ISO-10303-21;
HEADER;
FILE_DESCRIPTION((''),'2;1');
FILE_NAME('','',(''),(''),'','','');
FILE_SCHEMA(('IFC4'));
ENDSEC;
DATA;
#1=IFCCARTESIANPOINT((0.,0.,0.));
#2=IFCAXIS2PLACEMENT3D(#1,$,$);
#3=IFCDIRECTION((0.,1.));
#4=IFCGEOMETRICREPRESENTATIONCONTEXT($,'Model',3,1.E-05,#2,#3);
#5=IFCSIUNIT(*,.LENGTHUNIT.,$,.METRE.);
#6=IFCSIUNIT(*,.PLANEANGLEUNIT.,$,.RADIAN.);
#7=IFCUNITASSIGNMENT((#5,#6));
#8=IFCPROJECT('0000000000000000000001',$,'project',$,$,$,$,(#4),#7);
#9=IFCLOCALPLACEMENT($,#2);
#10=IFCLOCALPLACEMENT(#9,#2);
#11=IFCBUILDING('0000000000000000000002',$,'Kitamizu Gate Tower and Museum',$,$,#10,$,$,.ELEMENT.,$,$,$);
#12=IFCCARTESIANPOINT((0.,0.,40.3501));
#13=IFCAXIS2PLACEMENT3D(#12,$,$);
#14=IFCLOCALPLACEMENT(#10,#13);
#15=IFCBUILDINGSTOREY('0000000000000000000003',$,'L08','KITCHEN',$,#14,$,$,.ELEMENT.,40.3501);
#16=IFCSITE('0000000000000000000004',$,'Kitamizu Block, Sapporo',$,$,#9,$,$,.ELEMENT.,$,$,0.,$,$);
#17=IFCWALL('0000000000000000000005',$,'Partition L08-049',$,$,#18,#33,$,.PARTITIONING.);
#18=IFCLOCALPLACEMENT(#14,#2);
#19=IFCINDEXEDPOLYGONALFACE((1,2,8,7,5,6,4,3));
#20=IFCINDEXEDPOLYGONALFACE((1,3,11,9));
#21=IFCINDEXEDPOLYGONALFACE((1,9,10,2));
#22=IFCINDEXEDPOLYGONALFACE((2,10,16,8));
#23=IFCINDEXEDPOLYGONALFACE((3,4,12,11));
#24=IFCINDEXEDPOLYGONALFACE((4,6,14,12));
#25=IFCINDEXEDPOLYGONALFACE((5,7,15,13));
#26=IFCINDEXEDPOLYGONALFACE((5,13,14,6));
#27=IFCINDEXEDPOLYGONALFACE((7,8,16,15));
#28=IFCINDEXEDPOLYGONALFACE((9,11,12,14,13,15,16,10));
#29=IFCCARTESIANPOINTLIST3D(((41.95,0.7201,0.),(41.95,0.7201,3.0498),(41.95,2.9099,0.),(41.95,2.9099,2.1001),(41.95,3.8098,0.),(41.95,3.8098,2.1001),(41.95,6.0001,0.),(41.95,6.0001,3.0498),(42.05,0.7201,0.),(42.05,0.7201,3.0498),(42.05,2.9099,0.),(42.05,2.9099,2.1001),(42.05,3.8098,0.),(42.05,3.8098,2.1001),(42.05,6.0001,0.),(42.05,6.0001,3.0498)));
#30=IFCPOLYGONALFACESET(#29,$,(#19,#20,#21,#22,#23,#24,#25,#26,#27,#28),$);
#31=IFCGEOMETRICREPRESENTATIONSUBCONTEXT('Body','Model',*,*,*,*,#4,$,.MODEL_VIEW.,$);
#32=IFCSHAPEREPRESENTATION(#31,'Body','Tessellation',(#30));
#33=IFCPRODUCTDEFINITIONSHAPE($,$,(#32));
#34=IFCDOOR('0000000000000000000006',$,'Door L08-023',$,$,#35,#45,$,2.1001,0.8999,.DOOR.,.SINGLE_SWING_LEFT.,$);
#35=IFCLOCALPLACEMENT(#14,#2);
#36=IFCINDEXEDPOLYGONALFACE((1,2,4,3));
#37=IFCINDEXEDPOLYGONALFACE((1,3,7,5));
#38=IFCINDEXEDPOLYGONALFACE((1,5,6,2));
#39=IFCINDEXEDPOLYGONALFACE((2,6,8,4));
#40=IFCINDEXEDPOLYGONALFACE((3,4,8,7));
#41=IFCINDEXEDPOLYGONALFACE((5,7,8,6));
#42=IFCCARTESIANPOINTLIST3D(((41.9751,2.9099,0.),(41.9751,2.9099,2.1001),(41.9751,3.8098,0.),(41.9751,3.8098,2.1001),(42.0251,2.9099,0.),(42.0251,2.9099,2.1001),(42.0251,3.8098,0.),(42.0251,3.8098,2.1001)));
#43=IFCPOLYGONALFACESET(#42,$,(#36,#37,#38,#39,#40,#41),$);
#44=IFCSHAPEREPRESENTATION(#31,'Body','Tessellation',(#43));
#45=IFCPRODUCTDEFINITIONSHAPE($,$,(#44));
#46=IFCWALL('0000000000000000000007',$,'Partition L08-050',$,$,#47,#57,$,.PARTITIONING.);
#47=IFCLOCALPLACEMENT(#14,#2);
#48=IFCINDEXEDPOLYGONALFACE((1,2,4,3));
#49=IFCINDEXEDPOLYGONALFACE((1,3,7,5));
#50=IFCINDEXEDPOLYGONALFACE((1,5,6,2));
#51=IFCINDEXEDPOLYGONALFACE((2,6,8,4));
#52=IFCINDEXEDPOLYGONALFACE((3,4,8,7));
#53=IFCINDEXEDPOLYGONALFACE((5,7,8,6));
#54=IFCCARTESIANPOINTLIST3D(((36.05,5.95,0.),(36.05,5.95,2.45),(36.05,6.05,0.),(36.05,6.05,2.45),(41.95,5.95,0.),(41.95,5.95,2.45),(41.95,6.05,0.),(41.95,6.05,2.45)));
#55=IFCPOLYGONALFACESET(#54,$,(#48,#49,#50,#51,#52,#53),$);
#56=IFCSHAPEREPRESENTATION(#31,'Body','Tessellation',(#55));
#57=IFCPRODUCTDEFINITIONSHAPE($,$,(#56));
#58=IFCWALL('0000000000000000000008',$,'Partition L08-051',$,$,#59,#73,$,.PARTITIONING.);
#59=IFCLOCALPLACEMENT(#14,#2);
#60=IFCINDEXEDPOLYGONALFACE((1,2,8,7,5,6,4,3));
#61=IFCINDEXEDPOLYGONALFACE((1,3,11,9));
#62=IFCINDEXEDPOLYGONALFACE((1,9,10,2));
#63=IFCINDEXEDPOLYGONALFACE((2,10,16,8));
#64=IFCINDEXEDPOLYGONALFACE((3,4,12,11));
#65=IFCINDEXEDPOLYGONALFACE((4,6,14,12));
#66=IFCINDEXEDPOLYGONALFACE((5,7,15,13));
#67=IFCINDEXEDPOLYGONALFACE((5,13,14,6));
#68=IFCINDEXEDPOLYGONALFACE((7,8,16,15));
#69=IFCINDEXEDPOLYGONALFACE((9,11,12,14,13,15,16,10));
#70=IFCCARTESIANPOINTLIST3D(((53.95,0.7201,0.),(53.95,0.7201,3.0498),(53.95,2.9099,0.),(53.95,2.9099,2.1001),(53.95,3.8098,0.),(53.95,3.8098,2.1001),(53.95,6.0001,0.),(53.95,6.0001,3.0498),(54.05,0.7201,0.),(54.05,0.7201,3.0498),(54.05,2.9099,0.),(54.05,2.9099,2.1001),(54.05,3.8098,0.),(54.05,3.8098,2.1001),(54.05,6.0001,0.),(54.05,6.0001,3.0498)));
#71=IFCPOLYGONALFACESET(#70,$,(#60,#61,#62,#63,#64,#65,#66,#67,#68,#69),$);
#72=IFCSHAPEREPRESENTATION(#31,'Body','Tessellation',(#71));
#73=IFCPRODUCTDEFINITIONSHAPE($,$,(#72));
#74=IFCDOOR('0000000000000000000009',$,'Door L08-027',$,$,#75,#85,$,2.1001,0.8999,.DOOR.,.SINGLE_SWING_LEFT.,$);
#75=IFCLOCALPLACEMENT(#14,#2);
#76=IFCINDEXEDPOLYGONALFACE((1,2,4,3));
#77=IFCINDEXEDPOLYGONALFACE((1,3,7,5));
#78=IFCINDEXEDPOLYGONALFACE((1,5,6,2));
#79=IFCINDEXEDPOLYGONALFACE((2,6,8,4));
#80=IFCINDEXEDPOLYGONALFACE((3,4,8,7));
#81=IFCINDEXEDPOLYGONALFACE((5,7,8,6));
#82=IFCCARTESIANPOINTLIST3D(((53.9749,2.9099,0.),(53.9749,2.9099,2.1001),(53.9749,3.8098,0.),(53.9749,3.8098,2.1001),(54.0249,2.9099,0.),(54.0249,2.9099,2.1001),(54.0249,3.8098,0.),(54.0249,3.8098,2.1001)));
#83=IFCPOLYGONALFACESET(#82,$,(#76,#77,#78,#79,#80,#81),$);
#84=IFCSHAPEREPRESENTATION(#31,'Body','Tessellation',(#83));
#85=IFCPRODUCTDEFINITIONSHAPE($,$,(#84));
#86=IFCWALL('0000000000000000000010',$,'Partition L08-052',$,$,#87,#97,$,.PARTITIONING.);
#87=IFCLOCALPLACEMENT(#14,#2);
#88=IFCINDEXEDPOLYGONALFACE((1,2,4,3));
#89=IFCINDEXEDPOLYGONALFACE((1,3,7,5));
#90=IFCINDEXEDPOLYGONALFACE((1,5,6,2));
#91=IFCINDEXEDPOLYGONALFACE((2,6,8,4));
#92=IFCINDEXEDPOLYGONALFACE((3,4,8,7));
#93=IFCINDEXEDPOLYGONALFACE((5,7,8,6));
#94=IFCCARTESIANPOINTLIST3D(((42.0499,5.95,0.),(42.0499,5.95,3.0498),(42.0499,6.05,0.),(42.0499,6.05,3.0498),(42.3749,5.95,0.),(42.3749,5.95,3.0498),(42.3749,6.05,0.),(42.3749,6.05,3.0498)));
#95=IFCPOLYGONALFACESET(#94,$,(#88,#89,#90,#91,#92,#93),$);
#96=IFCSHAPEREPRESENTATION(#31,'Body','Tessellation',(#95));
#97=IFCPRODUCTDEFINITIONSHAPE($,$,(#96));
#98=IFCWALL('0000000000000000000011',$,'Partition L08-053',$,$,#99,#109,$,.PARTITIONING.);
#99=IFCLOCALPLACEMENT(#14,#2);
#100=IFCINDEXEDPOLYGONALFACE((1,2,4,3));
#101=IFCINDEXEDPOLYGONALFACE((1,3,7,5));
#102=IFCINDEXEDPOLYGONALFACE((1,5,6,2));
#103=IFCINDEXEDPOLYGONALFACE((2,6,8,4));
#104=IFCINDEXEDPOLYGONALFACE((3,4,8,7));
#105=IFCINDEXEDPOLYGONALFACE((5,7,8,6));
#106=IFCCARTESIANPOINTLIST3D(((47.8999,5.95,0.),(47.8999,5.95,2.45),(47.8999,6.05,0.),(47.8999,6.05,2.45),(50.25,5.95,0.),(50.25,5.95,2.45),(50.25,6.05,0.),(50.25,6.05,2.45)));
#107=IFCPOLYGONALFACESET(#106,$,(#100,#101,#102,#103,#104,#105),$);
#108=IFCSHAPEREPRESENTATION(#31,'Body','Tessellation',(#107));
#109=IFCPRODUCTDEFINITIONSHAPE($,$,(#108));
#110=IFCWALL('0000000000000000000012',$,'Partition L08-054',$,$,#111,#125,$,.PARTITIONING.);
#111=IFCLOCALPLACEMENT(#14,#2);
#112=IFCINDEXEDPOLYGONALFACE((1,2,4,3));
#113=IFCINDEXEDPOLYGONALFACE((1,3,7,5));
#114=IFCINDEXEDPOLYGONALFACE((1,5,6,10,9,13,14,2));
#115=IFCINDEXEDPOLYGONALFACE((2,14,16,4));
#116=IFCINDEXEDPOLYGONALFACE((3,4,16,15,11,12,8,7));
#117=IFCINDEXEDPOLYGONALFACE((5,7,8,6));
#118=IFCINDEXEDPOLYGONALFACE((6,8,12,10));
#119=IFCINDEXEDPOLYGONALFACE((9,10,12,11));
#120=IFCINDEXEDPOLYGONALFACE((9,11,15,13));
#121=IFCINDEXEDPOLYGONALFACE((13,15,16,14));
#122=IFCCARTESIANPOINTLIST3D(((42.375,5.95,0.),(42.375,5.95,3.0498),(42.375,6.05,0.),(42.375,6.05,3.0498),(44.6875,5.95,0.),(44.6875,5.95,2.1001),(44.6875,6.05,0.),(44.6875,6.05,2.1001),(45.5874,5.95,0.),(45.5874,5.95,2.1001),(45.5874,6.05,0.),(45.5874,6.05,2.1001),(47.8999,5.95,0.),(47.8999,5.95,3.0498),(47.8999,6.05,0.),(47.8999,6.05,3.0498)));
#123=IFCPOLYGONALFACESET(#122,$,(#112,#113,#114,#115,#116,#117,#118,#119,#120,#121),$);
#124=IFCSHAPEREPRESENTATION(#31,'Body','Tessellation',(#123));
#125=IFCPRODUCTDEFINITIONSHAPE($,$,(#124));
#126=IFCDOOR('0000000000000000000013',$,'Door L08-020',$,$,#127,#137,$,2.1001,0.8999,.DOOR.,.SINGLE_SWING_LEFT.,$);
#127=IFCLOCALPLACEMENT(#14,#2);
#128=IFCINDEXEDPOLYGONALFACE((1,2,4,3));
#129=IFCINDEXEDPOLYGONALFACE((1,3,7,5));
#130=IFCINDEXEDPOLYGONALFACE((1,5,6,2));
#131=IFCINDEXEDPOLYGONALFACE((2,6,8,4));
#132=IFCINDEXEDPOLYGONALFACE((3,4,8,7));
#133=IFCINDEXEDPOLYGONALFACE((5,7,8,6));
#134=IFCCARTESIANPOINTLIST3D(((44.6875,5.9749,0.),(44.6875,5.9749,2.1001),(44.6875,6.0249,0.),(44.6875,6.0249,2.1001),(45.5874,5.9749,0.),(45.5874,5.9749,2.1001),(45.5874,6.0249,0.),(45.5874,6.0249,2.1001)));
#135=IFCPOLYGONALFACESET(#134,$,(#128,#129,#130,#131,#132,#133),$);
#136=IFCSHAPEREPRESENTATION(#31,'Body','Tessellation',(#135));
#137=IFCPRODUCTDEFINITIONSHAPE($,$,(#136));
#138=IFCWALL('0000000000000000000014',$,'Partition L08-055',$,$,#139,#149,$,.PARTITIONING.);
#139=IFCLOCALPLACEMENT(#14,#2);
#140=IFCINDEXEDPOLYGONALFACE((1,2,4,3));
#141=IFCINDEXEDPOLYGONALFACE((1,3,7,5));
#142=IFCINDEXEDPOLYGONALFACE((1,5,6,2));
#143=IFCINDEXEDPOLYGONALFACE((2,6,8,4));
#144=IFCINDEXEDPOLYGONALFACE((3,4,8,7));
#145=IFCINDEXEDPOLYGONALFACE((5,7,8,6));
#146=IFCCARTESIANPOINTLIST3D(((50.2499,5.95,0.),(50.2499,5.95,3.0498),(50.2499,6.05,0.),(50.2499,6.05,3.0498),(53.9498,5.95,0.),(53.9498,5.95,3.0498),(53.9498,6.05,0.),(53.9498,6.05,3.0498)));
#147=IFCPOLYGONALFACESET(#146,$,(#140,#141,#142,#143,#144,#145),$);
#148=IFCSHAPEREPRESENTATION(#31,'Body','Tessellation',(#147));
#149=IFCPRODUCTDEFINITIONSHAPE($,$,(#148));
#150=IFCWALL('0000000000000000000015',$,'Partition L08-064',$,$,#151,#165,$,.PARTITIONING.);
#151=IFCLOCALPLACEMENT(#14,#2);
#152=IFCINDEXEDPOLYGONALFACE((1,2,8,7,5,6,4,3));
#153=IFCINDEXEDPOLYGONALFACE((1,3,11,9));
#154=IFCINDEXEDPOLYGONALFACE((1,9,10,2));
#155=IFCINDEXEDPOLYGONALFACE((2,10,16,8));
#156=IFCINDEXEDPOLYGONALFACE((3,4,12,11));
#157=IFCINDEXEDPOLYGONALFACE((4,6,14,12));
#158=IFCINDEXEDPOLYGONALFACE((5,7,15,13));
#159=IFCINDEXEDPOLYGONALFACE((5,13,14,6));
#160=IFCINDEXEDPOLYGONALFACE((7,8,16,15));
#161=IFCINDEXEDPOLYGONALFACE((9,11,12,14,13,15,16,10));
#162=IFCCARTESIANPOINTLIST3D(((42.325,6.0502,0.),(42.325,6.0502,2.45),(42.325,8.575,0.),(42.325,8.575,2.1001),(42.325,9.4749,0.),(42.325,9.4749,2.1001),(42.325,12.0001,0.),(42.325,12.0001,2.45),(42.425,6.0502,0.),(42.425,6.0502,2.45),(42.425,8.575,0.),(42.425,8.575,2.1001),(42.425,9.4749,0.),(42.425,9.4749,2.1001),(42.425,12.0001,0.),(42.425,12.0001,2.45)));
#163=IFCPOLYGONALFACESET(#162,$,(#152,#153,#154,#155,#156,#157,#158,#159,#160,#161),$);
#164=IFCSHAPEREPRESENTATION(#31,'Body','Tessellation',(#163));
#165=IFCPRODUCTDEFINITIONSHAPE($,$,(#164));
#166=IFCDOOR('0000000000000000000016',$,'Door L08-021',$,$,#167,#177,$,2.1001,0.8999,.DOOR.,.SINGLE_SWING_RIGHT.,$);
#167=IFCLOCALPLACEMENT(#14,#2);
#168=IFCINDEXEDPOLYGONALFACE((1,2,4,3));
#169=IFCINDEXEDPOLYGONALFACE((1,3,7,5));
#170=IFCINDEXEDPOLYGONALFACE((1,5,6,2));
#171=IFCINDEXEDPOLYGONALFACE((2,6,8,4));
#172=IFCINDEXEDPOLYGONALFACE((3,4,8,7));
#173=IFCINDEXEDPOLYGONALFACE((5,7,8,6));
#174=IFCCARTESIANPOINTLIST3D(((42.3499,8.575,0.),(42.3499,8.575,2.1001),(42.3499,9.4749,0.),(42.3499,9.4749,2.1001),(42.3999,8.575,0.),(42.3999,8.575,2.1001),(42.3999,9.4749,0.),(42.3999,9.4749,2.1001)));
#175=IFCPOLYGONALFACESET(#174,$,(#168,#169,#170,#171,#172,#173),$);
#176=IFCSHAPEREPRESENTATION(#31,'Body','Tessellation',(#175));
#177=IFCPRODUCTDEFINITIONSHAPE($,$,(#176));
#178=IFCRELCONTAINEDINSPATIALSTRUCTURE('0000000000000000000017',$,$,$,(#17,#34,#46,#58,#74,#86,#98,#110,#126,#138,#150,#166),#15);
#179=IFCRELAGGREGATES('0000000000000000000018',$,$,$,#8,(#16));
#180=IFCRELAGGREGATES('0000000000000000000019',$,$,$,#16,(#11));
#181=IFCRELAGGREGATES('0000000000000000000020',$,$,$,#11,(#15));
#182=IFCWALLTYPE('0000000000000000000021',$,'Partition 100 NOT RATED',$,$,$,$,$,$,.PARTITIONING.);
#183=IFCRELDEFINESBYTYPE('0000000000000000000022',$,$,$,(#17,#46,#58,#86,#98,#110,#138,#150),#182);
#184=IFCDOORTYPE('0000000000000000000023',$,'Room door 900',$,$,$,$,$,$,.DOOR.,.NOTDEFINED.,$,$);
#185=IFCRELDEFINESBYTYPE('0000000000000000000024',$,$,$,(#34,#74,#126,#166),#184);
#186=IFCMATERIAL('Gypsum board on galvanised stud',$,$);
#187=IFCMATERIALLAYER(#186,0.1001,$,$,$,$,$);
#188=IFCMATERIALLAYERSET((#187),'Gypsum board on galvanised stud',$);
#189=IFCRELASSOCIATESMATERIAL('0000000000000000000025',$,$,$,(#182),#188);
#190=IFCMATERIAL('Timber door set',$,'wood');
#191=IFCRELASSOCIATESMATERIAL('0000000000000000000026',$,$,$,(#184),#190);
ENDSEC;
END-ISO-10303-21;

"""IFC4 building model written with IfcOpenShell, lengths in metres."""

from ifc_helpers import new_model, si_unit, direction, frame, frame_2d, origin, place, context, subcontext, project, spatial, rectangle, extrude, material, layer, layer_set, type_object, element, fill, save


model = new_model("IFC4")

# Units and contexts
model_context = context("Model", 3, precision=1e-05, world=origin(), true_north=direction((0.0, 1.0)))
body_context = subcontext(model_context, "Body", "Model", "MODEL_VIEW")
ifc_project = project(units=[si_unit("LENGTHUNIT", "METRE"), si_unit("PLANEANGLEUNIT", "RADIAN")], contexts=[model_context])

# Site, building, storey
site_placement = place(None, origin())
site = spatial("IfcSite", under=ifc_project, at=site_placement, Name="Kitamizu Block, Sapporo", CompositionType="ELEMENT", RefElevation=0.0)
building_placement = place(site_placement, origin())
building = spatial("IfcBuilding", under=site, at=building_placement, Name="Kitamizu Gate Tower and Museum", CompositionType="ELEMENT")
storey_placement = place(building_placement, frame((0.0, 0.0, 40.3501)))
storey = spatial("IfcBuildingStorey", under=building, at=storey_placement, Name="L08", Description="KITCHEN", CompositionType="ELEMENT", Elevation=40.3501)

# Shared definitions
ifc_material_1 = material(Name="Gypsum board on galvanised stud")
ifc_layer = layer(ifc_material_1, 0.1001)
ifc_layer_set = layer_set([ifc_layer], Name="Gypsum board on galvanised stud")
wall_type = type_object("IfcWallType", Name="Partition 100 NOT RATED", PredefinedType="PARTITIONING", material=ifc_layer_set)

# Wall, opening, door
ifc_material_2 = material(Name="Timber door set", Category="wood")
door_type = type_object("IfcDoorType", Name="Room door 900", OperationType="NOTDEFINED", PredefinedType="DOOR", material=ifc_material_2)
wall_1_placement = place(storey_placement, frame((42.0, 0.72, 0.0), z_axis=(0.0, 0.0, 1.0), x_axis=(0.0, 1.0, 0.0)))
wall_1 = element("IfcWall", 1, at=wall_1_placement, inside=storey, type_object=wall_type, Name="Partition L08-049", PredefinedType="PARTITIONING", context=body_context, shape_type="SweptSolid", body=[
    extrude(rectangle(XDim=5.28, YDim=0.1001, at=frame_2d((2.6401, 0.0))), origin(), (0.0, 0.0, 1.0), 3.0498),
])
opening_1_placement = place(wall_1_placement, frame((2.1899, 0.0, 0.0)))
opening_1 = element("IfcOpeningElement", 2, at=opening_1_placement, cuts=wall_1, PredefinedType="OPENING", context=body_context, shape_type="SweptSolid", body=[
    extrude(rectangle(XDim=0.8999, YDim=2.1001, at=frame_2d((0.45, 1.05))), frame((0.0, 0.0601, 0.0), z_axis=(0.0, -1.0, 0.0), x_axis=(1.0, 0.0, 0.0)), (0.0, 0.0, 1.0), 0.1201),
])
door_1_placement = place(opening_1_placement, origin())
door_1 = element("IfcDoor", 3, at=door_1_placement, inside=storey, type_object=door_type, Name="Door L08-023", OperationType="SINGLE_SWING_LEFT", OverallHeight=2.1001, OverallWidth=0.8999, PredefinedType="DOOR", context=body_context, shape_type="SweptSolid", body=[
    extrude(rectangle(XDim=0.8999, YDim=2.1001, at=frame_2d((0.45, 1.05))), frame((0.0, 0.0249, 0.0), z_axis=(0.0, -1.0, 0.0), x_axis=(1.0, 0.0, 0.0)), (0.0, 0.0, 1.0), 0.05),
])
fill(opening_1, door_1)

# Wall
wall_2_placement = place(storey_placement, frame((41.95, 6.0, 0.0), z_axis=(0.0, 0.0, 1.0), x_axis=(-1.0, 0.0, 0.0)))
element("IfcWall", 4, at=wall_2_placement, inside=storey, type_object=wall_type, Name="Partition L08-050", PredefinedType="PARTITIONING", context=body_context, shape_type="SweptSolid", body=[
    extrude(rectangle(XDim=5.8999, YDim=0.1001, at=frame_2d((2.95, 0.0))), origin(), (0.0, 0.0, 1.0), 2.45),
])

# Wall, opening, door
wall_3_placement = place(storey_placement, frame((54.0, 0.72, 0.0), z_axis=(0.0, 0.0, 1.0), x_axis=(0.0, 1.0, 0.0)))
wall_3 = element("IfcWall", 5, at=wall_3_placement, inside=storey, type_object=wall_type, Name="Partition L08-051", PredefinedType="PARTITIONING", context=body_context, shape_type="SweptSolid", body=[
    extrude(rectangle(XDim=5.28, YDim=0.1001, at=frame_2d((2.6401, 0.0))), origin(), (0.0, 0.0, 1.0), 3.0498),
])
opening_2_placement = place(wall_3_placement, frame((2.1899, 0.0, 0.0)))
opening_2 = element("IfcOpeningElement", 6, at=opening_2_placement, cuts=wall_3, PredefinedType="OPENING", context=body_context, shape_type="SweptSolid", body=[
    extrude(rectangle(XDim=0.8999, YDim=2.1001, at=frame_2d((0.45, 1.05))), frame((0.0, 0.0601, 0.0), z_axis=(0.0, -1.0, 0.0), x_axis=(1.0, 0.0, 0.0)), (0.0, 0.0, 1.0), 0.1201),
])
door_2_placement = place(opening_2_placement, frame((0.8999, 0.0, 0.0), x_axis=(-1.0, 0.0, 0.0)))
door_2 = element("IfcDoor", 7, at=door_2_placement, inside=storey, type_object=door_type, Name="Door L08-027", OperationType="SINGLE_SWING_LEFT", OverallHeight=2.1001, OverallWidth=0.8999, PredefinedType="DOOR", context=body_context, shape_type="SweptSolid", body=[
    extrude(rectangle(XDim=0.8999, YDim=2.1001, at=frame_2d((0.45, 1.05))), frame((0.0, 0.0249, 0.0), z_axis=(0.0, -1.0, 0.0), x_axis=(1.0, 0.0, 0.0)), (0.0, 0.0, 1.0), 0.05),
])
fill(opening_2, door_2)

# Walls
wall_4_placement = place(storey_placement, frame((42.375, 6.0, 0.0), z_axis=(0.0, 0.0, 1.0), x_axis=(-1.0, 0.0, 0.0)))
element("IfcWall", 8, at=wall_4_placement, inside=storey, type_object=wall_type, Name="Partition L08-052", PredefinedType="PARTITIONING", context=body_context, shape_type="SweptSolid", body=[
    extrude(rectangle(XDim=0.325, YDim=0.1001, at=frame_2d((0.1626, 0.0))), origin(), (0.0, 0.0, 1.0), 3.0498),
])
wall_5_placement = place(storey_placement, frame((50.25, 6.0, 0.0), z_axis=(0.0, 0.0, 1.0), x_axis=(-1.0, 0.0, 0.0)))
element("IfcWall", 9, at=wall_5_placement, inside=storey, type_object=wall_type, Name="Partition L08-053", PredefinedType="PARTITIONING", context=body_context, shape_type="SweptSolid", body=[
    extrude(rectangle(XDim=2.3501, YDim=0.1001, at=frame_2d((1.175, 0.0))), origin(), (0.0, 0.0, 1.0), 2.45),
])

# Wall, opening, door
wall_6_placement = place(storey_placement, frame((47.8999, 6.0, 0.0), z_axis=(0.0, 0.0, 1.0), x_axis=(-1.0, 0.0, 0.0)))
wall_6 = element("IfcWall", 10, at=wall_6_placement, inside=storey, type_object=wall_type, Name="Partition L08-054", PredefinedType="PARTITIONING", context=body_context, shape_type="SweptSolid", body=[
    extrude(rectangle(XDim=5.5249, YDim=0.1001, at=frame_2d((2.7625, 0.0))), origin(), (0.0, 0.0, 1.0), 3.0498),
])
opening_3_placement = place(wall_6_placement, frame((2.3125, 0.0, 0.0)))
opening_3 = element("IfcOpeningElement", 11, at=opening_3_placement, cuts=wall_6, PredefinedType="OPENING", context=body_context, shape_type="SweptSolid", body=[
    extrude(rectangle(XDim=0.8999, YDim=2.1001, at=frame_2d((0.45, 1.05))), frame((0.0, 0.0601, 0.0), z_axis=(0.0, -1.0, 0.0), x_axis=(1.0, 0.0, 0.0)), (0.0, 0.0, 1.0), 0.1201),
])
door_3_placement = place(opening_3_placement, frame((0.8999, 0.0, 0.0), x_axis=(-1.0, 0.0, 0.0)))
door_3 = element("IfcDoor", 12, at=door_3_placement, inside=storey, type_object=door_type, Name="Door L08-020", OperationType="SINGLE_SWING_LEFT", OverallHeight=2.1001, OverallWidth=0.8999, PredefinedType="DOOR", context=body_context, shape_type="SweptSolid", body=[
    extrude(rectangle(XDim=0.8999, YDim=2.1001, at=frame_2d((0.45, 1.05))), frame((0.0, 0.0249, 0.0), z_axis=(0.0, -1.0, 0.0), x_axis=(1.0, 0.0, 0.0)), (0.0, 0.0, 1.0), 0.05),
])
fill(opening_3, door_3)

# Wall
wall_7_placement = place(storey_placement, frame((53.95, 6.0, 0.0), z_axis=(0.0, 0.0, 1.0), x_axis=(-1.0, 0.0, 0.0)))
element("IfcWall", 13, at=wall_7_placement, inside=storey, type_object=wall_type, Name="Partition L08-055", PredefinedType="PARTITIONING", context=body_context, shape_type="SweptSolid", body=[
    extrude(rectangle(XDim=3.7, YDim=0.1001, at=frame_2d((1.8501, 0.0))), origin(), (0.0, 0.0, 1.0), 3.0498),
])

# Wall, opening, door
wall_8_placement = place(storey_placement, frame((42.375, 6.05, 0.0), z_axis=(0.0, 0.0, 1.0), x_axis=(0.0, 1.0, 0.0)))
wall_8 = element("IfcWall", 14, at=wall_8_placement, inside=storey, type_object=wall_type, Name="Partition L08-064", PredefinedType="PARTITIONING", context=body_context, shape_type="SweptSolid", body=[
    extrude(rectangle(XDim=5.95, YDim=0.1001, at=frame_2d((2.9751, 0.0))), origin(), (0.0, 0.0, 1.0), 2.45),
])
opening_4_placement = place(wall_8_placement, frame((2.5249, 0.0, 0.0)))
opening_4 = element("IfcOpeningElement", 15, at=opening_4_placement, cuts=wall_8, PredefinedType="OPENING", context=body_context, shape_type="SweptSolid", body=[
    extrude(rectangle(XDim=0.8999, YDim=2.1001, at=frame_2d((0.45, 1.05))), frame((0.0, 0.0601, 0.0), z_axis=(0.0, -1.0, 0.0), x_axis=(1.0, 0.0, 0.0)), (0.0, 0.0, 1.0), 0.1201),
])
door_4_placement = place(opening_4_placement, frame((0.8999, 0.0, 0.0), x_axis=(-1.0, 0.0, 0.0)))
door_4 = element("IfcDoor", 16, at=door_4_placement, inside=storey, type_object=door_type, Name="Door L08-021", OperationType="SINGLE_SWING_RIGHT", OverallHeight=2.1001, OverallWidth=0.8999, PredefinedType="DOOR", context=body_context, shape_type="SweptSolid", body=[
    extrude(rectangle(XDim=0.8999, YDim=2.1001, at=frame_2d((0.45, 1.05))), frame((0.0, 0.0249, 0.0), z_axis=(0.0, -1.0, 0.0), x_axis=(1.0, 0.0, 0.0)), (0.0, 0.0, 1.0), 0.05),
])
fill(opening_4, door_4)

save(model, "model.ifc")
